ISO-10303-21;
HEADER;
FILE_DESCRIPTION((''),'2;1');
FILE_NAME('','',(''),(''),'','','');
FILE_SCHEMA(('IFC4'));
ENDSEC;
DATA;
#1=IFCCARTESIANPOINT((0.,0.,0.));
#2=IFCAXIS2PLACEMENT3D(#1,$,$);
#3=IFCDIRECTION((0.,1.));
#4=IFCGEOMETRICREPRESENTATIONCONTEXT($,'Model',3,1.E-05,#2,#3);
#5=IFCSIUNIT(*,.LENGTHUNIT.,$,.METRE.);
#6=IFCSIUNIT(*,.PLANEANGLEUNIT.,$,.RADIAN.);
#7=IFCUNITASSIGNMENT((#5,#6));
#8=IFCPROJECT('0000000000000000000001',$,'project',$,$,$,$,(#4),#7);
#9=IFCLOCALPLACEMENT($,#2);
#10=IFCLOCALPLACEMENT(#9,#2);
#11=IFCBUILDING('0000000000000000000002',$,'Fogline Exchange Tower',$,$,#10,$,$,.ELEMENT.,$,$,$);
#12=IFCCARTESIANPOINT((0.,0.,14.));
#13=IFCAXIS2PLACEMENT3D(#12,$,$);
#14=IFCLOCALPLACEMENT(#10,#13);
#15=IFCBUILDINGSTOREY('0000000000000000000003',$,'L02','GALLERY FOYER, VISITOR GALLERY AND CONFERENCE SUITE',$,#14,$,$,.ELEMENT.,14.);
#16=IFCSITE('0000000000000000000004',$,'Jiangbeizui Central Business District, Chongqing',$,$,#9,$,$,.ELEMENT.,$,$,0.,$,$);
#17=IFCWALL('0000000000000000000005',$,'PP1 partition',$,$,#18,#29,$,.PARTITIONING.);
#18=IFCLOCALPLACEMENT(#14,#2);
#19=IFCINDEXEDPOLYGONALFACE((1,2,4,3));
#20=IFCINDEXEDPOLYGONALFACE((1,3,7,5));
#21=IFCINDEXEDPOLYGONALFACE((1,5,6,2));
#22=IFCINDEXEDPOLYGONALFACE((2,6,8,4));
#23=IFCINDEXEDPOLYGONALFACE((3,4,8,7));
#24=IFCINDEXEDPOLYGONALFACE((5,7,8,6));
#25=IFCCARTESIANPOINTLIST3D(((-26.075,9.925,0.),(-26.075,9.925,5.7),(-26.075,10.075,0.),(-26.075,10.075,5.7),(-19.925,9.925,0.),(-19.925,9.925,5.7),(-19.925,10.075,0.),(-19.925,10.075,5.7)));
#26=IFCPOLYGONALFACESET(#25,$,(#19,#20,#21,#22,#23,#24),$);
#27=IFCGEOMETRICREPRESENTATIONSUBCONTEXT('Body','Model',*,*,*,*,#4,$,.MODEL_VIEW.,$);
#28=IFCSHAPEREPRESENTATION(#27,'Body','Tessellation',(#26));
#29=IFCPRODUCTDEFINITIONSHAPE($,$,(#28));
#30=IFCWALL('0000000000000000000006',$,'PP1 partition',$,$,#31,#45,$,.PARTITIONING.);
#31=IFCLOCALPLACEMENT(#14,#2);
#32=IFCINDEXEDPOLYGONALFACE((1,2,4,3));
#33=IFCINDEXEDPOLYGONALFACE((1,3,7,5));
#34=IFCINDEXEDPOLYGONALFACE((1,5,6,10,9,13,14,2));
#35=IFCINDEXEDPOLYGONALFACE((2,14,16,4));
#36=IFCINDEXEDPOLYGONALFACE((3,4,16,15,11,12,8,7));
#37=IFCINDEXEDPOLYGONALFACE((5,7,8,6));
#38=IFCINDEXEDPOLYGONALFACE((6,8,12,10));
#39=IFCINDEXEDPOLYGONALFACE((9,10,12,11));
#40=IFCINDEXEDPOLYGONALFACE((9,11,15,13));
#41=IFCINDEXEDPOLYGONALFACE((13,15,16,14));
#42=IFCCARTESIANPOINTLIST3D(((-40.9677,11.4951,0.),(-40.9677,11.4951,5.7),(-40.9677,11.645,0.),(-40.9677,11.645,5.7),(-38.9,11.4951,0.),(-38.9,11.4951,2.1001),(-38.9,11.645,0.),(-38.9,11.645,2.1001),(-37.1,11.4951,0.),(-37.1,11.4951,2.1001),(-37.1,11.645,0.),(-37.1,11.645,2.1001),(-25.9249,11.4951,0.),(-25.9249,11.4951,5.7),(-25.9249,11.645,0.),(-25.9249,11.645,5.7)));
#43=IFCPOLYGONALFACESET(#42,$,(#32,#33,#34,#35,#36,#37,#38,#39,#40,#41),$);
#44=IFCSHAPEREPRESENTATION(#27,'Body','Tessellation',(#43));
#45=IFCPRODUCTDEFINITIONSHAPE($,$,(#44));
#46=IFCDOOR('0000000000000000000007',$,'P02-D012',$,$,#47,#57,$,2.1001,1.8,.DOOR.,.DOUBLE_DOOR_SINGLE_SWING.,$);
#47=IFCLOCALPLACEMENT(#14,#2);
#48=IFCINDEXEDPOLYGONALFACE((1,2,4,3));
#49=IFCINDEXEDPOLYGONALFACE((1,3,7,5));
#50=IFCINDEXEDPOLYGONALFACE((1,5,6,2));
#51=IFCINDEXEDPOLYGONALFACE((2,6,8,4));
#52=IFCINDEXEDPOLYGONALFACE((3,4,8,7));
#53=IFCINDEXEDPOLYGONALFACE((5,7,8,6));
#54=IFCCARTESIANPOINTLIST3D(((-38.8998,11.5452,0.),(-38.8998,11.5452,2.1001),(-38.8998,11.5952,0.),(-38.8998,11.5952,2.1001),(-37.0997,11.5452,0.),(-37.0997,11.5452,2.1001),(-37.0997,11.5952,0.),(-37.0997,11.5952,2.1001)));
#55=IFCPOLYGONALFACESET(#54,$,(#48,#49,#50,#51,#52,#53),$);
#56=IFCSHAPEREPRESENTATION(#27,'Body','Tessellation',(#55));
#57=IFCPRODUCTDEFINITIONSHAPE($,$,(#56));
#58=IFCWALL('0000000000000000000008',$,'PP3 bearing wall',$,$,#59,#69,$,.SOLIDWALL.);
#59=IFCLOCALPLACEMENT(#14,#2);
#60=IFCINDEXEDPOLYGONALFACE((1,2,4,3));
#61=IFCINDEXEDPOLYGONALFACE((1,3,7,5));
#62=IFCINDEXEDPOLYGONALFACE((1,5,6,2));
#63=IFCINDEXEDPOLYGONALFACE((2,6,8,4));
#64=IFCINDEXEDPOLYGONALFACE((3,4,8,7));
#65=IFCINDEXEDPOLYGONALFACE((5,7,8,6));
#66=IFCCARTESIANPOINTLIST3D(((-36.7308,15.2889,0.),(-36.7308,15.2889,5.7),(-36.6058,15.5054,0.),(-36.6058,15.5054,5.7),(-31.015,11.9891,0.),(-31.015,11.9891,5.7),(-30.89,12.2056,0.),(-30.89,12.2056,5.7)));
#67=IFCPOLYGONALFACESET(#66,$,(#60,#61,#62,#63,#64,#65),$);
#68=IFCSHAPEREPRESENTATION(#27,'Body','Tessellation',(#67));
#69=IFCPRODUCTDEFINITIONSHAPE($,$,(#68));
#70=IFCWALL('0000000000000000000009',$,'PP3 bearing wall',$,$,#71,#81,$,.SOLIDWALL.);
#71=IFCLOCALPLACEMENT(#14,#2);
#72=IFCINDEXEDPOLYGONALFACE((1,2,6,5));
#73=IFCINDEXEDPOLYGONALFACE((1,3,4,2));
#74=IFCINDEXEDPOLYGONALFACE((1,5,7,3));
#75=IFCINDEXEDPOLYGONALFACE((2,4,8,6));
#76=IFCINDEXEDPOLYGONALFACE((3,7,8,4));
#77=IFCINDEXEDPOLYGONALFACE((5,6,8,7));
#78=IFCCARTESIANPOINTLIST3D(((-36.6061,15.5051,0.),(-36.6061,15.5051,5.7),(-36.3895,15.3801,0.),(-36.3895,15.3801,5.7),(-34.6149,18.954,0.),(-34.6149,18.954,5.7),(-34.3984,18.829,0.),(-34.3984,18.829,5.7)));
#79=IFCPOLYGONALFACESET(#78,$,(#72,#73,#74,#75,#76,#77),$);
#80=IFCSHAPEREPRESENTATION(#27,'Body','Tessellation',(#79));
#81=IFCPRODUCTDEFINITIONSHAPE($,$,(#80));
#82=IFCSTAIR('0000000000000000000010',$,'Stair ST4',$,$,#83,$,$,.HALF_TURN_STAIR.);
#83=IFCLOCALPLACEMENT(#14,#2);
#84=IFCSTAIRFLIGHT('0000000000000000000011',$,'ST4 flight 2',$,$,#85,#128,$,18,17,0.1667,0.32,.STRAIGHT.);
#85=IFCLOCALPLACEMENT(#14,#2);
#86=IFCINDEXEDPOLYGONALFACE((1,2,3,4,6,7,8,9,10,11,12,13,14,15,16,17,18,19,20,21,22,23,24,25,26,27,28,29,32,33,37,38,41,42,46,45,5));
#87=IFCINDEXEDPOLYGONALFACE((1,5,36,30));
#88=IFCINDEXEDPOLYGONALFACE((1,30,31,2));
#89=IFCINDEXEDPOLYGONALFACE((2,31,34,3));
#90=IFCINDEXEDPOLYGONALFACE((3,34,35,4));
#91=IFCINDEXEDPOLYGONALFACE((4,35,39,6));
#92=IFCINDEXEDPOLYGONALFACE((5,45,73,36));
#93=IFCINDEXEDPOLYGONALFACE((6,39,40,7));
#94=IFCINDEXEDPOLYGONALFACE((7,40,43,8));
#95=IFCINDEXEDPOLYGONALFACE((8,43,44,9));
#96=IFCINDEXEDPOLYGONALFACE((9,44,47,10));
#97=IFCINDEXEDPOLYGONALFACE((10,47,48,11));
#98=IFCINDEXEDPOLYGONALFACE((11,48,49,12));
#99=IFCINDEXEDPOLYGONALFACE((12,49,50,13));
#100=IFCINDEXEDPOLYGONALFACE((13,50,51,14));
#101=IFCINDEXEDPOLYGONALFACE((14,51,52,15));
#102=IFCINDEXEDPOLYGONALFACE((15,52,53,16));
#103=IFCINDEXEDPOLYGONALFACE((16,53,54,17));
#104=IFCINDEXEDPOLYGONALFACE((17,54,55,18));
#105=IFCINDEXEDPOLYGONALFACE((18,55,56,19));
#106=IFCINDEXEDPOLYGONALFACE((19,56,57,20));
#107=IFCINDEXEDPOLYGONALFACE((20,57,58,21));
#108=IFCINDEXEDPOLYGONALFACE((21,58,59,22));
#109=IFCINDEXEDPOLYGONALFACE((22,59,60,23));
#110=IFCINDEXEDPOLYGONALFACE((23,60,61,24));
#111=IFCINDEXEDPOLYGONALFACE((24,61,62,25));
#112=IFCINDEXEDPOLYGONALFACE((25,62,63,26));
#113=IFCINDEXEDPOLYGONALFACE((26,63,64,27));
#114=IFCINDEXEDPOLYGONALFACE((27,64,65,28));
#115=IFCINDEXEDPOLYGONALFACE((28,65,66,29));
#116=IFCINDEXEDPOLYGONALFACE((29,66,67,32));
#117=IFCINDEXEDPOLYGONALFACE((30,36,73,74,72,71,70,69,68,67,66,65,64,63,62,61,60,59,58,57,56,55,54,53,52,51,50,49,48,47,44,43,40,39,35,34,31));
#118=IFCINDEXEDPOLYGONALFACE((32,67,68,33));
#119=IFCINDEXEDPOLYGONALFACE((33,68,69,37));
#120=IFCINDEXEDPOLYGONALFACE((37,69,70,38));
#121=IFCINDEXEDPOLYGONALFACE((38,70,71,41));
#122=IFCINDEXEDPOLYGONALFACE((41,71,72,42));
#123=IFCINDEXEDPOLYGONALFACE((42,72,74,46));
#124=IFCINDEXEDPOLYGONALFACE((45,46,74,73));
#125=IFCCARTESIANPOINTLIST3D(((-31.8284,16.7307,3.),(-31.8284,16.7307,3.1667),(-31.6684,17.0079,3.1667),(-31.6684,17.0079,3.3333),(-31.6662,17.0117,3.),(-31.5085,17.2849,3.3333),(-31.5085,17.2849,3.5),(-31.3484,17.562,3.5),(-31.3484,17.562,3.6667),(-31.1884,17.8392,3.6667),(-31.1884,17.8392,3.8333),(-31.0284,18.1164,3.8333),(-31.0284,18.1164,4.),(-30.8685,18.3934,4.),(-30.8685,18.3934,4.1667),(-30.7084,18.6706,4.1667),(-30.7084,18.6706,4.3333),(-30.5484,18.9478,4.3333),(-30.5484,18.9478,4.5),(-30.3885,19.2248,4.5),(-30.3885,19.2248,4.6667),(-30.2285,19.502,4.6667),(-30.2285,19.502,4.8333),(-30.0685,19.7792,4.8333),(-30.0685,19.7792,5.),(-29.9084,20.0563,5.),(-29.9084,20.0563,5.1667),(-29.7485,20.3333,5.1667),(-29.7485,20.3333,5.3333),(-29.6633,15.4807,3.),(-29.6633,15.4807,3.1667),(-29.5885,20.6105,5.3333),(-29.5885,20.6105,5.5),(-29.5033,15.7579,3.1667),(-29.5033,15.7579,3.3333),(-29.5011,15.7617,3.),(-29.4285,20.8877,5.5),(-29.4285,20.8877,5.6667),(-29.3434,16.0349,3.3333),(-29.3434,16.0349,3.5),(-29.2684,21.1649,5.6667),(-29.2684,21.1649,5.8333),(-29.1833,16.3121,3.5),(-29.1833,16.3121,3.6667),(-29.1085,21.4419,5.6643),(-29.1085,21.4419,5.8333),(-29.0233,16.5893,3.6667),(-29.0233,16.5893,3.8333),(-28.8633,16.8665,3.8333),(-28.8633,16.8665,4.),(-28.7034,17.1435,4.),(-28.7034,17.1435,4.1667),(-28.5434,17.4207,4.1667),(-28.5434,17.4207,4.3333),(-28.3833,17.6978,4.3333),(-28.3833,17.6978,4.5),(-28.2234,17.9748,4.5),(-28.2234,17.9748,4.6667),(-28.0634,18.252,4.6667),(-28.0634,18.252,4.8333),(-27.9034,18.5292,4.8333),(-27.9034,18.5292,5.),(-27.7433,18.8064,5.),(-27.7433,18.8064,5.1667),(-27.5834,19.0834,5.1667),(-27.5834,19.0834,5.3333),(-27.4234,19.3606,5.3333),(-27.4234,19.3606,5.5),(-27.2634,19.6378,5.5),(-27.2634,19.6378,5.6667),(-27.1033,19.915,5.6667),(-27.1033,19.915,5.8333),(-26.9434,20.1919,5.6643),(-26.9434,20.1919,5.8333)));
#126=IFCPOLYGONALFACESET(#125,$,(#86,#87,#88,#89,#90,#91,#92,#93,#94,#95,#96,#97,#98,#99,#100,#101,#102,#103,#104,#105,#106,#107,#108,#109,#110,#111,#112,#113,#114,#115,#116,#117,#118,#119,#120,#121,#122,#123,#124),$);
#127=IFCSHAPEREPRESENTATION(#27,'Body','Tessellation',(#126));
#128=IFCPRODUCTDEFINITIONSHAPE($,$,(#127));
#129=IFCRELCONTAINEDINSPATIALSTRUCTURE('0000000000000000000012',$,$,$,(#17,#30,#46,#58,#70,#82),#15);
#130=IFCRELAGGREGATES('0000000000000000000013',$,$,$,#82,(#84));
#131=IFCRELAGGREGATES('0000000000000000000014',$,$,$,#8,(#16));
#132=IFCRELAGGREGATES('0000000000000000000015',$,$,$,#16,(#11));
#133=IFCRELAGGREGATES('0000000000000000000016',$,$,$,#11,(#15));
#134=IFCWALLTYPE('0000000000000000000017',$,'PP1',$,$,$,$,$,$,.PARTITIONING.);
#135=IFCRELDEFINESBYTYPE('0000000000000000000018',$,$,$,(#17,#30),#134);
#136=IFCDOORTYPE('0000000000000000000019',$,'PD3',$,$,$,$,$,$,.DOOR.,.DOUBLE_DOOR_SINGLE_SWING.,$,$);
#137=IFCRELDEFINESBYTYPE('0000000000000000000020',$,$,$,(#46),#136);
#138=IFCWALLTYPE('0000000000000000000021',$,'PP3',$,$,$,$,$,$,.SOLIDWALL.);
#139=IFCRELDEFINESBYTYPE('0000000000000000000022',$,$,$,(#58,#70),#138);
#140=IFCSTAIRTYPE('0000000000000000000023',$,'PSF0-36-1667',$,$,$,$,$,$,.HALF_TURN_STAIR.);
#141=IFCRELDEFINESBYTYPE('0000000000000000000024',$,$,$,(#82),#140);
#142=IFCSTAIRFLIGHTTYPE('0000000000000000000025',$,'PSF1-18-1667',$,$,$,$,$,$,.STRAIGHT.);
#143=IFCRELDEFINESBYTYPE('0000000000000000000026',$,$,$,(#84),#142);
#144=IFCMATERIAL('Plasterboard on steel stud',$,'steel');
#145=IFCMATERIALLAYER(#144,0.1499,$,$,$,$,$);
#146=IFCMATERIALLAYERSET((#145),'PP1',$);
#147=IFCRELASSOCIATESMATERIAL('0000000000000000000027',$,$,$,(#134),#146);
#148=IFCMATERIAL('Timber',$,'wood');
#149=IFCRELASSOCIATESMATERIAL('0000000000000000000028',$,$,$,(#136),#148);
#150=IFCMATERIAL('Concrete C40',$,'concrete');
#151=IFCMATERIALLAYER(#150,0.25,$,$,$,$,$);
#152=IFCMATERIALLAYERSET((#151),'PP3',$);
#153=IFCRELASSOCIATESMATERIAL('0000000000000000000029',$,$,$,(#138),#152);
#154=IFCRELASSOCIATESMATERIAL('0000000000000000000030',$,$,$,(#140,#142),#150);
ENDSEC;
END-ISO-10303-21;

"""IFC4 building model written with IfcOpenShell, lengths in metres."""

from ifc_helpers import new_model, si_unit, direction, frame, frame_2d, origin, place, context, subcontext, project, spatial, polyline, rectangle, outline, extrude, material, layer, layer_set, type_object, element, fill, aggregate, save


model = new_model("IFC4")

# Units and contexts
model_context = context("Model", 3, precision=1e-05, world=origin(), true_north=direction((0.0, 1.0)))
body_context = subcontext(model_context, "Body", "Model", "MODEL_VIEW")
ifc_project = project(units=[si_unit("LENGTHUNIT", "METRE"), si_unit("PLANEANGLEUNIT", "RADIAN")], contexts=[model_context])

# Site, building, storey
site_placement = place(None, origin())
site = spatial("IfcSite", under=ifc_project, at=site_placement, Name="Jiangbeizui Central Business District, Chongqing", CompositionType="ELEMENT", RefElevation=0.0)
building_placement = place(site_placement, origin())
building = spatial("IfcBuilding", under=site, at=building_placement, Name="Fogline Exchange Tower", CompositionType="ELEMENT")
storey_placement = place(building_placement, frame((0.0, 0.0, 14.0)))
storey = spatial("IfcBuildingStorey", under=building, at=storey_placement, Name="L02", Description="GALLERY FOYER, VISITOR GALLERY AND CONFERENCE SUITE", CompositionType="ELEMENT", Elevation=14.0)

# Wall
ifc_material_1 = material(Name="Plasterboard on steel stud", Category="steel")
ifc_layer_1 = layer(ifc_material_1, 0.1499)
ifc_layer_set_1 = layer_set([ifc_layer_1], Name="PP1")
wall_type_1 = type_object("IfcWallType", Name="PP1", PredefinedType="PARTITIONING", material=ifc_layer_set_1)
wall_1_placement = place(storey_placement, frame((-26.075, 10.0, 0.0), z_axis=(0.0, 0.0, 1.0), x_axis=(1.0, 0.0, 0.0)))
element("IfcWall", 1, at=wall_1_placement, inside=storey, type_object=wall_type_1, Name="PP1 partition", PredefinedType="PARTITIONING", context=body_context, shape_type="SweptSolid", body=[
    extrude(rectangle(XDim=6.1499, YDim=0.1499, at=frame_2d((3.075, 0.0))), origin(), (0.0, 0.0, 1.0), 5.7),
])

# Wall, opening, door
wall_2_placement = place(storey_placement, frame((-40.9678, 11.5701, 0.0), z_axis=(0.0, 0.0, 1.0), x_axis=(1.0, 0.0, 0.0)))
wall_2 = element("IfcWall", 2, at=wall_2_placement, inside=storey, type_object=wall_type_1, Name="PP1 partition", PredefinedType="PARTITIONING", context=body_context, shape_type="SweptSolid", body=[
    extrude(rectangle(XDim=15.0427, YDim=0.1499, at=frame_2d((7.5215, 0.0))), origin(), (0.0, 0.0, 1.0), 5.7),
])
opening_1_placement = place(wall_2_placement, frame((2.0679, 0.0, 0.0)))
opening_1 = element("IfcOpeningElement", 3, at=opening_1_placement, cuts=wall_2, PredefinedType="OPENING", context=body_context, shape_type="SweptSolid", body=[
    extrude(rectangle(XDim=1.8, YDim=2.1001, at=frame_2d((0.8999, 1.05))), frame((0.0, 0.085, 0.0), z_axis=(0.0, -1.0, 0.0), x_axis=(1.0, 0.0, 0.0)), (0.0, 0.0, 1.0), 0.1699),
])
ifc_material_2 = material(Name="Timber", Category="wood")
door_type = type_object("IfcDoorType", Name="PD3", OperationType="DOUBLE_DOOR_SINGLE_SWING", PredefinedType="DOOR", material=ifc_material_2)
door_placement = place(opening_1_placement, frame((1.8, 0.0, 0.0), z_axis=(0.0, 0.0, 1.0), x_axis=(-1.0, 0.0, 0.0)))
door = element("IfcDoor", 4, at=door_placement, inside=storey, type_object=door_type, Name="P02-D012", OperationType="DOUBLE_DOOR_SINGLE_SWING", OverallHeight=2.1001, OverallWidth=1.8, PredefinedType="DOOR", context=body_context, shape_type="SweptSolid", body=[
    extrude(rectangle(XDim=1.8, YDim=2.1001, at=frame_2d((0.8999, 1.05))), frame((0.0, 0.0249, 0.0), z_axis=(0.0, -1.0, 0.0), x_axis=(1.0, 0.0, 0.0)), (0.0, 0.0, 1.0), 0.05),
])
fill(opening_1, door)

# Walls
ifc_material_3 = material(Name="Concrete C40", Category="concrete")
ifc_layer_2 = layer(ifc_material_3, 0.25)
ifc_layer_set_2 = layer_set([ifc_layer_2], Name="PP3")
wall_type_2 = type_object("IfcWallType", Name="PP3", PredefinedType="SOLIDWALL", material=ifc_layer_set_2)
wall_3_placement = place(storey_placement, frame((-30.9526, 12.0974, 0.0), z_axis=(0.0, 0.0, 1.0), x_axis=(-0.86604, 0.499974, 0.0)))
element("IfcWall", 5, at=wall_3_placement, inside=storey, type_object=wall_type_2, Name="PP3 bearing wall", PredefinedType="SOLIDWALL", context=body_context, shape_type="SweptSolid", body=[
    extrude(rectangle(XDim=6.5999, YDim=0.25, at=frame_2d((3.2998, 0.0))), origin(), (0.0, 0.0, 1.0), 5.7),
])
wall_4_placement = place(storey_placement, frame((-36.4978, 15.4426, 0.0), z_axis=(0.0, 0.0, 1.0), x_axis=(0.49999, 0.866031, 0.0)))
element("IfcWall", 6, at=wall_4_placement, inside=storey, type_object=wall_type_2, Name="PP3 bearing wall", PredefinedType="SOLIDWALL", context=body_context, shape_type="SweptSolid", body=[
    extrude(rectangle(XDim=3.9824, YDim=0.25, at=frame_2d((1.9912, 0.0))), origin(), (0.0, 0.0, 1.0), 5.7),
])

# Stair, stair flight
stair_type = type_object("IfcStairType", Name="PSF0-36-1667", PredefinedType="HALF_TURN_STAIR", material=ifc_material_3)
stair_placement = place(storey_placement, origin())
stair = element("IfcStair", 7, at=stair_placement, inside=storey, type_object=stair_type, Name="Stair ST4", PredefinedType="HALF_TURN_STAIR")
stair_flight_type = type_object("IfcStairFlightType", Name="PSF1-18-1667", PredefinedType="STRAIGHT", material=ifc_material_3)
stair_flight_placement = place(storey_placement, frame((-30.7458, 16.1057, 3.0), z_axis=(0.0, 0.0, 1.0), x_axis=(0.499979, 0.866037, 0.0)))
stair_flight = element("IfcStairFlight", 8, at=stair_flight_placement, type_object=stair_flight_type, Name="ST4 flight 2", NumberOfRisers=18, NumberOfTreads=17, PredefinedType="STRAIGHT", RiserHeight=0.1667, TreadLength=0.32, context=body_context, shape_type="SweptSolid", body=[
    extrude(outline(polyline([(0.0, 0.0), (0.0, 0.1667), (0.3201, 0.1667), (0.3201, 0.3333), (0.6399, 0.3333), (0.6399, 0.5), (0.96, 0.5), (0.96, 0.6667), (1.28, 0.6667), (1.28, 0.8333), (1.6001, 0.8333), (1.6001, 1.0), (1.9199, 1.0), (1.9199, 1.1667), (2.24, 1.1667), (2.24, 1.3333), (2.5601, 1.3333), (2.5601, 1.5), (2.8799, 1.5), (2.8799, 1.6667), (3.2, 1.6667), (3.2, 1.8333), (3.52, 1.8333), (3.52, 2.0), (3.8401, 2.0), (3.8401, 2.1667), (4.1599, 2.1667), (4.1599, 2.3333), (4.48, 2.3333), (4.48, 2.5), (4.8, 2.5), (4.8, 2.6667), (5.1201, 2.6667), (5.1201, 2.8333), (5.4399, 2.8333), (5.4399, 3.0), (5.4399, 2.6643), (0.3245, 0.0), (0.0, 0.0)])), frame((0.0, 1.25, 0.0), z_axis=(0.0, -1.0, 0.0), x_axis=(1.0, 0.0, 0.0)), (0.0, 0.0, 1.0), 2.5),
])
aggregate(stair, [stair_flight])

save(model, "model.ifc")
